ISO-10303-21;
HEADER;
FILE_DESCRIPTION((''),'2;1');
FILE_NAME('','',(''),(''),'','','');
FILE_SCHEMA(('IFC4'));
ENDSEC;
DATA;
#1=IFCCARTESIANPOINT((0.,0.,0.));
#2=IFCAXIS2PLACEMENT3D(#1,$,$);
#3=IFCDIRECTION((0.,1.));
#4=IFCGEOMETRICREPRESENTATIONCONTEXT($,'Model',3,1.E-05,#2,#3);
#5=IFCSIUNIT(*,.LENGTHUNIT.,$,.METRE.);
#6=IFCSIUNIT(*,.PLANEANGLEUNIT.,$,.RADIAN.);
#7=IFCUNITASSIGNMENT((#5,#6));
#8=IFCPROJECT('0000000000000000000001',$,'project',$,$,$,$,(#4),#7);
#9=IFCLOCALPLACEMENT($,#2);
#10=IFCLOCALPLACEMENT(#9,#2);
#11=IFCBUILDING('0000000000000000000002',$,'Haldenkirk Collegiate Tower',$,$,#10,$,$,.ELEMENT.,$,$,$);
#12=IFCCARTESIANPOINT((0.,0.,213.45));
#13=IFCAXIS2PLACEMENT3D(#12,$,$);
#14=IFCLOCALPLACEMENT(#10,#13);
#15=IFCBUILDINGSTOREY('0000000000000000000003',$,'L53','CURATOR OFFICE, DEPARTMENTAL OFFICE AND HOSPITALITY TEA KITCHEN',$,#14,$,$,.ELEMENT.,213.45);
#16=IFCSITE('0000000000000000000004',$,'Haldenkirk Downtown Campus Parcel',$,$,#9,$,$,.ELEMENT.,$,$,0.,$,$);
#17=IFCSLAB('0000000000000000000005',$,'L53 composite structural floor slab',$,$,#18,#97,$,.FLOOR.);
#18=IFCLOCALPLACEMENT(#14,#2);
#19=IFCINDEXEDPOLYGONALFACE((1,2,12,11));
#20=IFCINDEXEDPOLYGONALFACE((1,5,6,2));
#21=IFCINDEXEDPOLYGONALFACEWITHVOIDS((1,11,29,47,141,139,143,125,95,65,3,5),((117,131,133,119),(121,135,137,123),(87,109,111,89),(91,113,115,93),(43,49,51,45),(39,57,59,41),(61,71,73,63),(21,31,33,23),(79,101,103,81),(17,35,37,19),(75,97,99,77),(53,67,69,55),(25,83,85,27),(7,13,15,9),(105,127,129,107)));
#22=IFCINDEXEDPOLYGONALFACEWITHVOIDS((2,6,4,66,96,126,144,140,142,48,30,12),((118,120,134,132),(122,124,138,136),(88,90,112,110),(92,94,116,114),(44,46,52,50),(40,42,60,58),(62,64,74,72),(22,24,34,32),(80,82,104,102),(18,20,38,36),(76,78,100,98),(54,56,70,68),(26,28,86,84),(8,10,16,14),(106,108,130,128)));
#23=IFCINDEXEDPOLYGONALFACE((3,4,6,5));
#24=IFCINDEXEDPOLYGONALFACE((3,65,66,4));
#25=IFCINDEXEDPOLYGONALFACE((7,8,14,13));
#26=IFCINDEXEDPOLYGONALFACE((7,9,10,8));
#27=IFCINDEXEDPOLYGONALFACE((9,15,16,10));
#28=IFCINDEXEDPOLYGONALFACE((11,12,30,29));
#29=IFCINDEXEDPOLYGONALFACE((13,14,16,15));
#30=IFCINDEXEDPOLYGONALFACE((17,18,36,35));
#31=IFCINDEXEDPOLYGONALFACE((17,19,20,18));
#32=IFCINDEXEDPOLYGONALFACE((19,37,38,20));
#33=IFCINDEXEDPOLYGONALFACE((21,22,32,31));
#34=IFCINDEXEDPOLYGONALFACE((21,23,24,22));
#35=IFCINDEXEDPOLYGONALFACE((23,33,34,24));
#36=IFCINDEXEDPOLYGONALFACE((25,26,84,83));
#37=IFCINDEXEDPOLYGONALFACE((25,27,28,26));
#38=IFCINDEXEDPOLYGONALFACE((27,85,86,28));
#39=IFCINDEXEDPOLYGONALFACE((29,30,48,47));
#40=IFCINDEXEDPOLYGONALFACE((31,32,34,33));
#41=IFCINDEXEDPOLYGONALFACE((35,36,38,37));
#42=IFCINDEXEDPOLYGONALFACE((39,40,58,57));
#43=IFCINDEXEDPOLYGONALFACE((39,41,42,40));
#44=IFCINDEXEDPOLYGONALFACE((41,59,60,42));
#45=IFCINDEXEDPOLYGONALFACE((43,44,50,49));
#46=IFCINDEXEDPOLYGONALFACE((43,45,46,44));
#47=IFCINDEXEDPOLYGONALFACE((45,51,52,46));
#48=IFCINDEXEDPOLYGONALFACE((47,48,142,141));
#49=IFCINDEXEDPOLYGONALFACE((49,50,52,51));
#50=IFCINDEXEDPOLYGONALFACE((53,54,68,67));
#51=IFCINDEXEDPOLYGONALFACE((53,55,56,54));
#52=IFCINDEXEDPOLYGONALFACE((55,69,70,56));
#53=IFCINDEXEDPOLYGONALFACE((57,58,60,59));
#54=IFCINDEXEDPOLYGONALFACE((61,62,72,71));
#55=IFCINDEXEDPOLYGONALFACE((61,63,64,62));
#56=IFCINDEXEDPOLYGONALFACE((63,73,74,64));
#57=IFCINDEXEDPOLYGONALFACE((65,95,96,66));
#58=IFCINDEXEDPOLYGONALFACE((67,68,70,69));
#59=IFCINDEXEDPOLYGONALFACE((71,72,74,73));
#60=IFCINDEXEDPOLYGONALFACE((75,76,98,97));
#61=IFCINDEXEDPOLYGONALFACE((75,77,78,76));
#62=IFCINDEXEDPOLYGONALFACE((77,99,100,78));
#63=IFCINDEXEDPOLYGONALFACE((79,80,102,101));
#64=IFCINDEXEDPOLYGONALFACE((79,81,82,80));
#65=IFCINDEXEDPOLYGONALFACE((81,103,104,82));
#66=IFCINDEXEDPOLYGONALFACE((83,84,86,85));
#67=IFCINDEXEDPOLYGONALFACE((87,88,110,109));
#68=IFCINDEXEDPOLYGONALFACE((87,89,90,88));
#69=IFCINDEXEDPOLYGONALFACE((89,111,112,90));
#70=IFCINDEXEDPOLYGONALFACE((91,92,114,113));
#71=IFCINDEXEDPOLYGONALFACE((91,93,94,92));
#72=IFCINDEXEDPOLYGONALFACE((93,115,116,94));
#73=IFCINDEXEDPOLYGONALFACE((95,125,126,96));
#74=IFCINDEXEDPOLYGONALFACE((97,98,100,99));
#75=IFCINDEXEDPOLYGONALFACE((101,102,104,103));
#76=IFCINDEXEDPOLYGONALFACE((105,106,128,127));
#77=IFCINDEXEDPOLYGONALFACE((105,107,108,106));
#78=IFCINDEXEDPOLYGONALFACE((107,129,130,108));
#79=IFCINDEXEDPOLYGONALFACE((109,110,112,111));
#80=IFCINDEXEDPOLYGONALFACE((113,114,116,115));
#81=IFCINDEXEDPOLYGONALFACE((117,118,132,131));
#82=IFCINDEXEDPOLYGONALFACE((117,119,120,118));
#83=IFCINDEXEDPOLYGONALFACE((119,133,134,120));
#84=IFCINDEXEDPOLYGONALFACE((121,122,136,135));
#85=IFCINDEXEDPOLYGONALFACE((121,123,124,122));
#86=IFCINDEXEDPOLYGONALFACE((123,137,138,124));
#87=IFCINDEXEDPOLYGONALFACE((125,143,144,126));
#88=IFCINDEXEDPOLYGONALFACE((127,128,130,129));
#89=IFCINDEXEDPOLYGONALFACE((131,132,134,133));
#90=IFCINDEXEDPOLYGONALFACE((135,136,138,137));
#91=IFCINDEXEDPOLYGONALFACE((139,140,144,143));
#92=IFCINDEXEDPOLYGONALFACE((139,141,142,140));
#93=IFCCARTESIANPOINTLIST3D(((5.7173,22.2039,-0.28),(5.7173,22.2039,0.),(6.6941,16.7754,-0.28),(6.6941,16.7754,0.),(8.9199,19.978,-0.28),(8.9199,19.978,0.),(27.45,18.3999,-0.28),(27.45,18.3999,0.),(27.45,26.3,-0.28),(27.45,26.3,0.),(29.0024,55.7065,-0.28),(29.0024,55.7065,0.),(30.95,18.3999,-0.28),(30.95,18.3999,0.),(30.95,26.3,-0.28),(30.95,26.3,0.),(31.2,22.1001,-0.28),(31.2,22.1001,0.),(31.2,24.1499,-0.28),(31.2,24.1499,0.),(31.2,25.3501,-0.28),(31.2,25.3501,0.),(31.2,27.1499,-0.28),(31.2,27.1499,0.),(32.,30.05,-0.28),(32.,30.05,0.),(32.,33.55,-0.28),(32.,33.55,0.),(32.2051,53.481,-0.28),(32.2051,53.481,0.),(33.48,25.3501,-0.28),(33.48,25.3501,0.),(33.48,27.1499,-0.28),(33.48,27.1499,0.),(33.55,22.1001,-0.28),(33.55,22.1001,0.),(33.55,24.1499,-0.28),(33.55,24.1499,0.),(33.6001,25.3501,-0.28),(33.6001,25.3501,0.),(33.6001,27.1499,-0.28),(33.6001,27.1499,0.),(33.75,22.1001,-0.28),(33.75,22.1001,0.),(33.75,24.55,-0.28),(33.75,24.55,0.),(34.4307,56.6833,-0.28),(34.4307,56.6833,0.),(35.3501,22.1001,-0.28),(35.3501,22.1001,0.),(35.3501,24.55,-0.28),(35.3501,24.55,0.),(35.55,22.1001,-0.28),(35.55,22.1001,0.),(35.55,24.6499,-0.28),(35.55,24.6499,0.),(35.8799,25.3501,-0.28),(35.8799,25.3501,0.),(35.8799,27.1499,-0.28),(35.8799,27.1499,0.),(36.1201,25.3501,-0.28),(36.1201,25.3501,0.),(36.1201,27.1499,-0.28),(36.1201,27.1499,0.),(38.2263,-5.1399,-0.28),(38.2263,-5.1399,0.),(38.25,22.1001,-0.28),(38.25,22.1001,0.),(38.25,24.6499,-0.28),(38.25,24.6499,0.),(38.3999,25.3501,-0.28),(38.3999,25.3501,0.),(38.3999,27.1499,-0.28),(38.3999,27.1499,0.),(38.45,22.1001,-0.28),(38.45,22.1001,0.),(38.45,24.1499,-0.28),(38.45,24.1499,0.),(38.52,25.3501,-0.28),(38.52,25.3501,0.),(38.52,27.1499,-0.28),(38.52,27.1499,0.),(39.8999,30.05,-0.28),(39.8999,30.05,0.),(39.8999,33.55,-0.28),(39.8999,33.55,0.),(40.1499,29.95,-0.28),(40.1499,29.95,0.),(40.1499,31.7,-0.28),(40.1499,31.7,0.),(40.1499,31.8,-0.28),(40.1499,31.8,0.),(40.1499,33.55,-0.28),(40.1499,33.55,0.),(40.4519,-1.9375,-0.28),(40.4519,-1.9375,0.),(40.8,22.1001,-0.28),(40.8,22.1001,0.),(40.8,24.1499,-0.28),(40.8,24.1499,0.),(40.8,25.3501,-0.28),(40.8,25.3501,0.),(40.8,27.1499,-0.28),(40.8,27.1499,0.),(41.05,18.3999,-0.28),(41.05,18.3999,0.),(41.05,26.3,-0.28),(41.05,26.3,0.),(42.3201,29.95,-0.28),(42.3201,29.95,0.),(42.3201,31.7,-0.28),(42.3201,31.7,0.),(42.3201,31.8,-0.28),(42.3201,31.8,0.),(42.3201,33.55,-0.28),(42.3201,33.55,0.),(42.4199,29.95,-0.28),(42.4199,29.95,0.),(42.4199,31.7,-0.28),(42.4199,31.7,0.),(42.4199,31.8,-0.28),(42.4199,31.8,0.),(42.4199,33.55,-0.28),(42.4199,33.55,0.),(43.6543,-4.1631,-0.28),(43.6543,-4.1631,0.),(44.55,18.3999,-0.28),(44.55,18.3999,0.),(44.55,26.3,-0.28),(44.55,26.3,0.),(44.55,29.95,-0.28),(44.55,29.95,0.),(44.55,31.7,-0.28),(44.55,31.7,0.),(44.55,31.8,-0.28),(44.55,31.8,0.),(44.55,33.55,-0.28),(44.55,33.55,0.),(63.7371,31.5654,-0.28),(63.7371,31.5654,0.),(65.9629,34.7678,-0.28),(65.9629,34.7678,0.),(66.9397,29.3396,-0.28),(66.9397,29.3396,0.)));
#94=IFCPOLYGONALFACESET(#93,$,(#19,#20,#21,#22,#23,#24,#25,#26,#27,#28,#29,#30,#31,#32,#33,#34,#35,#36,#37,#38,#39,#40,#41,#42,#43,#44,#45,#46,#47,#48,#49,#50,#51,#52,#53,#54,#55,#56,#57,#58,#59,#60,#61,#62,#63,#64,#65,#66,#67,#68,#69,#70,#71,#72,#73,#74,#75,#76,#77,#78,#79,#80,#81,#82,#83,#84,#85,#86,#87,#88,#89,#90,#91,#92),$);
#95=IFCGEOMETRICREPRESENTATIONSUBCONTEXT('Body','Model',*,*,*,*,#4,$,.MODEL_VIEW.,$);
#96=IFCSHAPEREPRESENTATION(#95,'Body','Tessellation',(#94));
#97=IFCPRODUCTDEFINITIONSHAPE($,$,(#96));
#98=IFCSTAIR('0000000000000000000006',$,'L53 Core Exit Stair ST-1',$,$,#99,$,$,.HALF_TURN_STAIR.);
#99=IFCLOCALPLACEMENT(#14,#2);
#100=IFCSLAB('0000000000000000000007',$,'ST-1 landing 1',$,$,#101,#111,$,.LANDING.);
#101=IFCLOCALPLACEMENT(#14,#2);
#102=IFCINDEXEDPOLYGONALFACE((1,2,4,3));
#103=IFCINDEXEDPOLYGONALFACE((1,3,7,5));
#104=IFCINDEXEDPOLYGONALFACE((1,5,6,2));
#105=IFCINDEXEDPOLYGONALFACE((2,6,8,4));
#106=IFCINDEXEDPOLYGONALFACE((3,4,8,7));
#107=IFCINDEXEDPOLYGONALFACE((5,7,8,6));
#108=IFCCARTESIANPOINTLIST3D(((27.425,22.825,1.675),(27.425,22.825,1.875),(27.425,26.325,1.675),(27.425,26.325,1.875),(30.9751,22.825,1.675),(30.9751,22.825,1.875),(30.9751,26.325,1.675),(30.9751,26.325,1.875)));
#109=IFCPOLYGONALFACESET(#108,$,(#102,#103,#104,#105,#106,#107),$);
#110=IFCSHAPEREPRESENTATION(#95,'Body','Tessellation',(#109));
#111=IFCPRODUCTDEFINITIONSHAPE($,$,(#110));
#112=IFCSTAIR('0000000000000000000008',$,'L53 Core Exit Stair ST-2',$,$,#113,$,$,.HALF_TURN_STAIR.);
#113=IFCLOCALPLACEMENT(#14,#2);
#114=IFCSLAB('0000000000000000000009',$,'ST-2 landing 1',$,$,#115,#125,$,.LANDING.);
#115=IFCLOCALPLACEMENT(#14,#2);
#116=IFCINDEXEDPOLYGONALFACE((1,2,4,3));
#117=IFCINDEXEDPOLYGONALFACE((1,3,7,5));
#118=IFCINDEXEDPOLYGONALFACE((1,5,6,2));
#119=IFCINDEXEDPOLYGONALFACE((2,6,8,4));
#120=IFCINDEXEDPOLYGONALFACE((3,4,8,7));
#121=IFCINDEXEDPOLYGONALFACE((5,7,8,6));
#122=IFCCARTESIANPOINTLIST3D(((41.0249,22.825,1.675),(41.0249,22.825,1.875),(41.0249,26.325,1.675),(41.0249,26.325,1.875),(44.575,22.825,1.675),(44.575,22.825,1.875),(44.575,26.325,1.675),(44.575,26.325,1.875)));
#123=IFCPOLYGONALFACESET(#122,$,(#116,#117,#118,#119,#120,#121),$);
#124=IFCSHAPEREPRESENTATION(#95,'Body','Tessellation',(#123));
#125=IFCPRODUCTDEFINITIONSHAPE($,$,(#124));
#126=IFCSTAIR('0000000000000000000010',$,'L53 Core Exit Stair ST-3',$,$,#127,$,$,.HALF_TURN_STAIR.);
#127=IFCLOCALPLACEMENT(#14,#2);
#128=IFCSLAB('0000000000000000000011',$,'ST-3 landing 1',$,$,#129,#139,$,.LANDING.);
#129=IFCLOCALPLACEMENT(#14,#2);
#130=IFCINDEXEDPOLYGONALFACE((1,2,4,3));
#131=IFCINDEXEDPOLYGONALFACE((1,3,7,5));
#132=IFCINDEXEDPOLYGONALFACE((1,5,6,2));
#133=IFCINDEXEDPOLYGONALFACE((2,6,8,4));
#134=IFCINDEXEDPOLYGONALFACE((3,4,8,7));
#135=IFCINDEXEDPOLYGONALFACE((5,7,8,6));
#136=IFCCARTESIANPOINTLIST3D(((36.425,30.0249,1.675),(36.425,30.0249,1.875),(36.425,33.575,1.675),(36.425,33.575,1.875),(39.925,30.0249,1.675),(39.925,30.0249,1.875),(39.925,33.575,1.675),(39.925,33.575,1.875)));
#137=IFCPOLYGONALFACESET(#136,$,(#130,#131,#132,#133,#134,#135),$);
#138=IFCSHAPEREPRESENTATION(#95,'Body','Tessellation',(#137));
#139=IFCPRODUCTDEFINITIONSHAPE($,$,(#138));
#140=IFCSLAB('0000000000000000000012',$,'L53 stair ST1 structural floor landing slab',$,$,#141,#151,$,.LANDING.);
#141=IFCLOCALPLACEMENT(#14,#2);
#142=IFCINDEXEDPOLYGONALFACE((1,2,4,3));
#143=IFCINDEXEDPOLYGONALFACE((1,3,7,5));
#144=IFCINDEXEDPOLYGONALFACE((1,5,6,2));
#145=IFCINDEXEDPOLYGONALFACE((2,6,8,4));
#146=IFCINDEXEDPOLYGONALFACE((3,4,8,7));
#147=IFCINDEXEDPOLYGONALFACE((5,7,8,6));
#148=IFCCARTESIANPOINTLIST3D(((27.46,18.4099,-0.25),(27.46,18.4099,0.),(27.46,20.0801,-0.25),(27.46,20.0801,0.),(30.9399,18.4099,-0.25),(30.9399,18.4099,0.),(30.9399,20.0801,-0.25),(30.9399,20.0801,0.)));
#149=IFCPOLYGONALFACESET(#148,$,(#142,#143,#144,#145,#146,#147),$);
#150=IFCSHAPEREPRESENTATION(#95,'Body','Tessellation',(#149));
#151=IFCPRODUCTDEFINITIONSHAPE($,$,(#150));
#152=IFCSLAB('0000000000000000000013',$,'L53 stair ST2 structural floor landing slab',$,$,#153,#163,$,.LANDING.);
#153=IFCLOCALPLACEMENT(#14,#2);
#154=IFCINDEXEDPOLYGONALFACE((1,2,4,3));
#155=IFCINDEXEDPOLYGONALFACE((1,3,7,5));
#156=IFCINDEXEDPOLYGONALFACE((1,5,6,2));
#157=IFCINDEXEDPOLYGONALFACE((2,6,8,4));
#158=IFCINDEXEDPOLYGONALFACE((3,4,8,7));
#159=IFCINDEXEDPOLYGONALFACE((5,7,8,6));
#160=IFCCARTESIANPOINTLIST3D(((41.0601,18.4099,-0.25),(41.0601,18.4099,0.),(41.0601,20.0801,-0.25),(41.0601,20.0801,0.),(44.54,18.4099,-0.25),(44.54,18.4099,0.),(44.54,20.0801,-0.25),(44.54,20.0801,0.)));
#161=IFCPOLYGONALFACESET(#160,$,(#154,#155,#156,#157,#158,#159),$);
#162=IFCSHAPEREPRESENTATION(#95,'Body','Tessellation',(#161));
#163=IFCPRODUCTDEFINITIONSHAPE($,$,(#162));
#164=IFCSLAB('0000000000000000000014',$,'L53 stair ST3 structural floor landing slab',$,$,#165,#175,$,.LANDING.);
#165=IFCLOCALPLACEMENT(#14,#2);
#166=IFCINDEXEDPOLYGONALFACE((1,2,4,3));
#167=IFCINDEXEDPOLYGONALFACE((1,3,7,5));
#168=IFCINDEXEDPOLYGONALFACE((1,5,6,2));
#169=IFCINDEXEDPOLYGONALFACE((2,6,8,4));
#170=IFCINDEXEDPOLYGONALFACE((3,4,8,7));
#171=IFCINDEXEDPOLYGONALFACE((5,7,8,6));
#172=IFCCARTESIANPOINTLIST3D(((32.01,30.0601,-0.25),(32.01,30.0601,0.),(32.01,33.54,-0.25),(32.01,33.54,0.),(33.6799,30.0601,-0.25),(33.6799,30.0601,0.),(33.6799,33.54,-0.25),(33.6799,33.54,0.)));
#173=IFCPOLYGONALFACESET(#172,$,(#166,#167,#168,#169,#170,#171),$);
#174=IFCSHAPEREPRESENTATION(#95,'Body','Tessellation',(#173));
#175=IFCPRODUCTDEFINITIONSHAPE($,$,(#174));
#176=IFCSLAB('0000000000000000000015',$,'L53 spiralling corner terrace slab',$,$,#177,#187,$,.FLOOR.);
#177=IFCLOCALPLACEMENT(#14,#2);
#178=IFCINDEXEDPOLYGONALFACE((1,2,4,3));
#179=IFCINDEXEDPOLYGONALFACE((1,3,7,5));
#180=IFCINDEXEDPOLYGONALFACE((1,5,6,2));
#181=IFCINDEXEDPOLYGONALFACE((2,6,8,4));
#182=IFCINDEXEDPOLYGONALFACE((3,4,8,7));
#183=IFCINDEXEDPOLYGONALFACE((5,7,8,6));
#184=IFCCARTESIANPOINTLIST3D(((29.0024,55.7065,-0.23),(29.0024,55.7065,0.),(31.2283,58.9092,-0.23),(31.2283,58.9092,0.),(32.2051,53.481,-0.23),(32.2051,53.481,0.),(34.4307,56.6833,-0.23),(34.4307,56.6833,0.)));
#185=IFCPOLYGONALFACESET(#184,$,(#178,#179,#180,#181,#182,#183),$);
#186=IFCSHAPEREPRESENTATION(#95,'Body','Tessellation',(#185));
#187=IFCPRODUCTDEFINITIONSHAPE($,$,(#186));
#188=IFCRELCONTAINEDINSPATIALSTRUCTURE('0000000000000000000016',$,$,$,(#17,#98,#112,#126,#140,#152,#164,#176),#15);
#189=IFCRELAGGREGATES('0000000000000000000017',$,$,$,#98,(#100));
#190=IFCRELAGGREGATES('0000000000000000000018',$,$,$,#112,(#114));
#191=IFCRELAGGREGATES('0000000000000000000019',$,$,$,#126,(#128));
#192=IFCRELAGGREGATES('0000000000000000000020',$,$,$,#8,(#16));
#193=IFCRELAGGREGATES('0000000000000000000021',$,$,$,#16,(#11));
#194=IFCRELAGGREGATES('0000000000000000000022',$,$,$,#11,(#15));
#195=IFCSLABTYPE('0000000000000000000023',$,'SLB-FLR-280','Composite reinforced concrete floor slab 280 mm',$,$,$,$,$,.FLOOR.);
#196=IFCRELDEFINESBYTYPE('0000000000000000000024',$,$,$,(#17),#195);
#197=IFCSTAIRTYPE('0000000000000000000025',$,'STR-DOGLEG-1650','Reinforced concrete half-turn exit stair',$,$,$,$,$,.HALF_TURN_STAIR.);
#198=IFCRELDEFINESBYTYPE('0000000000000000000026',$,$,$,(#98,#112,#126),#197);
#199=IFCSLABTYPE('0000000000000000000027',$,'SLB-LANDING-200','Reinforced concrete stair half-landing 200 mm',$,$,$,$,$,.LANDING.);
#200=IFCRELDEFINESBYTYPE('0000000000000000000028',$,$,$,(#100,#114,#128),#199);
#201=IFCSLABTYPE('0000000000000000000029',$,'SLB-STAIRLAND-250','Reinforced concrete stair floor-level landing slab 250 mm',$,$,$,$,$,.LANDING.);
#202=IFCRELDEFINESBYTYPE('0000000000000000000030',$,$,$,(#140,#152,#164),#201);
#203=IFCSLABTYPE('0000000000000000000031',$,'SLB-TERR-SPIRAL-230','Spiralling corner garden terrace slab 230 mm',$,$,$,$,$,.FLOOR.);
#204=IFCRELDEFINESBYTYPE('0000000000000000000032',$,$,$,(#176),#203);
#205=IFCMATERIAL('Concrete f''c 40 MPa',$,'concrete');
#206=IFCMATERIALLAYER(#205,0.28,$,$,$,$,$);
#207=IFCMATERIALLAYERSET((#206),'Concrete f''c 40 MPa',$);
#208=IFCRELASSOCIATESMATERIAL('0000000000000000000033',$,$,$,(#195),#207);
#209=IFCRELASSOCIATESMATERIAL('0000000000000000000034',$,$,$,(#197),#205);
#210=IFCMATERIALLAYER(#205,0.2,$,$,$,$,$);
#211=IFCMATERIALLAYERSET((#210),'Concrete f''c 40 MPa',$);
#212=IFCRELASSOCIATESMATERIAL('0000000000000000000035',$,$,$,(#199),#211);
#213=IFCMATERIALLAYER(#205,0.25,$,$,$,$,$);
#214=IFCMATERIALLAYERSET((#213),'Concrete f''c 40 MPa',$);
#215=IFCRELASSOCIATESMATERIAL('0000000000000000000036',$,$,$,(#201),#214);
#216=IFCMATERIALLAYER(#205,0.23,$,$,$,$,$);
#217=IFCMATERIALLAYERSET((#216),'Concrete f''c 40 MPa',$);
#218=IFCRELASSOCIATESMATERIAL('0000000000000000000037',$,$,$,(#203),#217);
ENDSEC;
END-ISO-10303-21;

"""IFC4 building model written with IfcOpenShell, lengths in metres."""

from ifc_helpers import new_model, si_unit, direction, frame, origin, place, context, subcontext, project, spatial, polyline, outline, extrude, material, layer, layer_set, type_object, element, aggregate, save


model = new_model("IFC4")

# Units and contexts
model_context = context("Model", 3, precision=1e-05, world=origin(), true_north=direction((0.0, 1.0)))
body_context = subcontext(model_context, "Body", "Model", "MODEL_VIEW")
ifc_project = project(units=[si_unit("LENGTHUNIT", "METRE"), si_unit("PLANEANGLEUNIT", "RADIAN")], contexts=[model_context])

# Site, building, storey
site_placement = place(None, origin())
site = spatial("IfcSite", under=ifc_project, at=site_placement, Name="Haldenkirk Downtown Campus Parcel", CompositionType="ELEMENT", RefElevation=0.0)
building_placement = place(site_placement, origin())
building = spatial("IfcBuilding", under=site, at=building_placement, Name="Haldenkirk Collegiate Tower", CompositionType="ELEMENT")
storey_placement = place(building_placement, frame((0.0, 0.0, 213.45)))
storey = spatial("IfcBuildingStorey", under=building, at=storey_placement, Name="L53", Description="CURATOR OFFICE, DEPARTMENTAL OFFICE AND HOSPITALITY TEA KITCHEN", CompositionType="ELEMENT", Elevation=213.45)

# Slab
ifc_material_1 = material(Name="Concrete f'c 40 MPa", Category="concrete")
ifc_layer_1 = layer(ifc_material_1, 0.28)
ifc_layer_set_1 = layer_set([ifc_layer_1], Name="Concrete f'c 40 MPa")
slab_type_1 = type_object("IfcSlabType", Name="SLB-FLR-280", Description="Composite reinforced concrete floor slab 280 mm", PredefinedType="FLOOR", material=ifc_layer_set_1)
slab_1_placement = place(storey_placement, frame((0.0, 0.0, -0.28)))
element("IfcSlab", 1, at=slab_1_placement, inside=storey, type_object=slab_type_1, Name="L53 composite structural floor slab", PredefinedType="FLOOR", context=body_context, shape_type="SweptSolid", body=[
    extrude(outline(polyline([(43.6543, -4.1631), (66.9397, 29.3396), (63.7371, 31.5654), (65.9629, 34.7678), (34.4307, 56.6833), (32.2051, 53.481), (29.0024, 55.7065), (5.7173, 22.2039), (8.9199, 19.978), (6.6941, 16.7754), (38.2263, -5.1399), (40.4519, -1.9375), (43.6543, -4.1631)]), holes=[polyline([(27.45, 18.3999), (30.95, 18.3999), (30.95, 26.3), (27.45, 26.3), (27.45, 18.3999)]), polyline([(41.05, 18.3999), (44.55, 18.3999), (44.55, 26.3), (41.05, 26.3), (41.05, 18.3999)]), polyline([(32.0, 30.05), (39.8999, 30.05), (39.8999, 33.55), (32.0, 33.55), (32.0, 30.05)]), polyline([(33.75, 22.1001), (35.3501, 22.1001), (35.3501, 24.55), (33.75, 24.55), (33.75, 22.1001)]), polyline([(40.1499, 29.95), (42.3201, 29.95), (42.3201, 31.7), (40.1499, 31.7), (40.1499, 29.95)]), polyline([(42.4199, 29.95), (44.55, 29.95), (44.55, 31.7), (42.4199, 31.7), (42.4199, 29.95)]), polyline([(40.1499, 31.8), (42.3201, 31.8), (42.3201, 33.55), (40.1499, 33.55), (40.1499, 31.8)]), polyline([(42.4199, 31.8), (44.55, 31.8), (44.55, 33.55), (42.4199, 33.55), (42.4199, 31.8)]), polyline([(31.2, 25.3501), (33.48, 25.3501), (33.48, 27.1499), (31.2, 27.1499), (31.2, 25.3501)]), polyline([(33.6001, 25.3501), (35.8799, 25.3501), (35.8799, 27.1499), (33.6001, 27.1499), (33.6001, 25.3501)]), polyline([(36.1201, 25.3501), (38.3999, 25.3501), (38.3999, 27.1499), (36.1201, 27.1499), (36.1201, 25.3501)]), polyline([(38.52, 25.3501), (40.8, 25.3501), (40.8, 27.1499), (38.52, 27.1499), (38.52, 25.3501)]), polyline([(31.2, 22.1001), (33.55, 22.1001), (33.55, 24.1499), (31.2, 24.1499), (31.2, 22.1001)]), polyline([(38.45, 22.1001), (40.8, 22.1001), (40.8, 24.1499), (38.45, 24.1499), (38.45, 22.1001)]), polyline([(35.55, 22.1001), (38.25, 22.1001), (38.25, 24.6499), (35.55, 24.6499), (35.55, 22.1001)])]), origin(), (0.0, 0.0, 1.0), 0.28),
])

# Stairs, slabs
stair_type = type_object("IfcStairType", Name="STR-DOGLEG-1650", Description="Reinforced concrete half-turn exit stair", PredefinedType="HALF_TURN_STAIR", material=ifc_material_1)
stair_1_placement = place(storey_placement, origin())
stair_1 = element("IfcStair", 2, at=stair_1_placement, inside=storey, type_object=stair_type, Name="L53 Core Exit Stair ST-1", PredefinedType="HALF_TURN_STAIR")
ifc_layer_2 = layer(ifc_material_1, 0.2)
ifc_layer_set_2 = layer_set([ifc_layer_2], Name="Concrete f'c 40 MPa")
slab_type_2 = type_object("IfcSlabType", Name="SLB-LANDING-200", Description="Reinforced concrete stair half-landing 200 mm", PredefinedType="LANDING", material=ifc_layer_set_2)
slab_2_placement = place(storey_placement, frame((0.0, 0.0, 1.675)))
slab_2 = element("IfcSlab", 3, at=slab_2_placement, type_object=slab_type_2, Name="ST-1 landing 1", PredefinedType="LANDING", context=body_context, shape_type="SweptSolid", body=[
    extrude(outline(polyline([(30.9751, 22.825), (27.425, 22.825), (27.425, 26.325), (30.9751, 26.325), (30.9751, 22.825)])), origin(), (0.0, 0.0, 1.0), 0.2),
])
aggregate(stair_1, [slab_2])
stair_2_placement = place(storey_placement, origin())
stair_2 = element("IfcStair", 4, at=stair_2_placement, inside=storey, type_object=stair_type, Name="L53 Core Exit Stair ST-2", PredefinedType="HALF_TURN_STAIR")
slab_3_placement = place(storey_placement, frame((0.0, 0.0, 1.675)))
slab_3 = element("IfcSlab", 5, at=slab_3_placement, type_object=slab_type_2, Name="ST-2 landing 1", PredefinedType="LANDING", context=body_context, shape_type="SweptSolid", body=[
    extrude(outline(polyline([(44.575, 22.825), (41.0249, 22.825), (41.0249, 26.325), (44.575, 26.325), (44.575, 22.825)])), origin(), (0.0, 0.0, 1.0), 0.2),
])
aggregate(stair_2, [slab_3])
stair_3_placement = place(storey_placement, origin())
stair_3 = element("IfcStair", 6, at=stair_3_placement, inside=storey, type_object=stair_type, Name="L53 Core Exit Stair ST-3", PredefinedType="HALF_TURN_STAIR")
slab_4_placement = place(storey_placement, frame((0.0, 0.0, 1.675)))
slab_4 = element("IfcSlab", 7, at=slab_4_placement, type_object=slab_type_2, Name="ST-3 landing 1", PredefinedType="LANDING", context=body_context, shape_type="SweptSolid", body=[
    extrude(outline(polyline([(36.425, 30.0249), (36.425, 33.575), (39.925, 33.575), (39.925, 30.0249), (36.425, 30.0249)])), origin(), (0.0, 0.0, 1.0), 0.2),
])
aggregate(stair_3, [slab_4])

# Slabs
ifc_layer_3 = layer(ifc_material_1, 0.25)
ifc_layer_set_3 = layer_set([ifc_layer_3], Name="Concrete f'c 40 MPa")
slab_type_3 = type_object("IfcSlabType", Name="SLB-STAIRLAND-250", Description="Reinforced concrete stair floor-level landing slab 250 mm", PredefinedType="LANDING", material=ifc_layer_set_3)
slab_5_placement = place(storey_placement, frame((0.0, 0.0, -0.25)))
element("IfcSlab", 8, at=slab_5_placement, inside=storey, type_object=slab_type_3, Name="L53 stair ST1 structural floor landing slab", PredefinedType="LANDING", context=body_context, shape_type="SweptSolid", body=[
    extrude(outline(polyline([(27.46, 18.4099), (30.9399, 18.4099), (30.9399, 20.0801), (27.46, 20.0801), (27.46, 18.4099)])), origin(), (0.0, 0.0, 1.0), 0.25),
])
slab_6_placement = place(storey_placement, frame((0.0, 0.0, -0.25)))
element("IfcSlab", 9, at=slab_6_placement, inside=storey, type_object=slab_type_3, Name="L53 stair ST2 structural floor landing slab", PredefinedType="LANDING", context=body_context, shape_type="SweptSolid", body=[
    extrude(outline(polyline([(41.0601, 18.4099), (44.54, 18.4099), (44.54, 20.0801), (41.0601, 20.0801), (41.0601, 18.4099)])), origin(), (0.0, 0.0, 1.0), 0.25),
])
slab_7_placement = place(storey_placement, frame((0.0, 0.0, -0.25)))
element("IfcSlab", 10, at=slab_7_placement, inside=storey, type_object=slab_type_3, Name="L53 stair ST3 structural floor landing slab", PredefinedType="LANDING", context=body_context, shape_type="SweptSolid", body=[
    extrude(outline(polyline([(32.01, 30.0601), (33.6799, 30.0601), (33.6799, 33.54), (32.01, 33.54), (32.01, 30.0601)])), origin(), (0.0, 0.0, 1.0), 0.25),
])
ifc_layer_4 = layer(ifc_material_1, 0.23)
ifc_layer_set_4 = layer_set([ifc_layer_4], Name="Concrete f'c 40 MPa")
slab_type_4 = type_object("IfcSlabType", Name="SLB-TERR-SPIRAL-230", Description="Spiralling corner garden terrace slab 230 mm", PredefinedType="FLOOR", material=ifc_layer_set_4)
slab_8_placement = place(storey_placement, frame((0.0, 0.0, -0.23)))
element("IfcSlab", 11, at=slab_8_placement, inside=storey, type_object=slab_type_4, Name="L53 spiralling corner terrace slab", PredefinedType="FLOOR", context=body_context, shape_type="SweptSolid", body=[
    extrude(outline(polyline([(32.2051, 53.481), (34.4307, 56.6833), (31.2283, 58.9092), (29.0024, 55.7065), (32.2051, 53.481)])), origin(), (0.0, 0.0, 1.0), 0.23),
])

save(model, "model.ifc")
